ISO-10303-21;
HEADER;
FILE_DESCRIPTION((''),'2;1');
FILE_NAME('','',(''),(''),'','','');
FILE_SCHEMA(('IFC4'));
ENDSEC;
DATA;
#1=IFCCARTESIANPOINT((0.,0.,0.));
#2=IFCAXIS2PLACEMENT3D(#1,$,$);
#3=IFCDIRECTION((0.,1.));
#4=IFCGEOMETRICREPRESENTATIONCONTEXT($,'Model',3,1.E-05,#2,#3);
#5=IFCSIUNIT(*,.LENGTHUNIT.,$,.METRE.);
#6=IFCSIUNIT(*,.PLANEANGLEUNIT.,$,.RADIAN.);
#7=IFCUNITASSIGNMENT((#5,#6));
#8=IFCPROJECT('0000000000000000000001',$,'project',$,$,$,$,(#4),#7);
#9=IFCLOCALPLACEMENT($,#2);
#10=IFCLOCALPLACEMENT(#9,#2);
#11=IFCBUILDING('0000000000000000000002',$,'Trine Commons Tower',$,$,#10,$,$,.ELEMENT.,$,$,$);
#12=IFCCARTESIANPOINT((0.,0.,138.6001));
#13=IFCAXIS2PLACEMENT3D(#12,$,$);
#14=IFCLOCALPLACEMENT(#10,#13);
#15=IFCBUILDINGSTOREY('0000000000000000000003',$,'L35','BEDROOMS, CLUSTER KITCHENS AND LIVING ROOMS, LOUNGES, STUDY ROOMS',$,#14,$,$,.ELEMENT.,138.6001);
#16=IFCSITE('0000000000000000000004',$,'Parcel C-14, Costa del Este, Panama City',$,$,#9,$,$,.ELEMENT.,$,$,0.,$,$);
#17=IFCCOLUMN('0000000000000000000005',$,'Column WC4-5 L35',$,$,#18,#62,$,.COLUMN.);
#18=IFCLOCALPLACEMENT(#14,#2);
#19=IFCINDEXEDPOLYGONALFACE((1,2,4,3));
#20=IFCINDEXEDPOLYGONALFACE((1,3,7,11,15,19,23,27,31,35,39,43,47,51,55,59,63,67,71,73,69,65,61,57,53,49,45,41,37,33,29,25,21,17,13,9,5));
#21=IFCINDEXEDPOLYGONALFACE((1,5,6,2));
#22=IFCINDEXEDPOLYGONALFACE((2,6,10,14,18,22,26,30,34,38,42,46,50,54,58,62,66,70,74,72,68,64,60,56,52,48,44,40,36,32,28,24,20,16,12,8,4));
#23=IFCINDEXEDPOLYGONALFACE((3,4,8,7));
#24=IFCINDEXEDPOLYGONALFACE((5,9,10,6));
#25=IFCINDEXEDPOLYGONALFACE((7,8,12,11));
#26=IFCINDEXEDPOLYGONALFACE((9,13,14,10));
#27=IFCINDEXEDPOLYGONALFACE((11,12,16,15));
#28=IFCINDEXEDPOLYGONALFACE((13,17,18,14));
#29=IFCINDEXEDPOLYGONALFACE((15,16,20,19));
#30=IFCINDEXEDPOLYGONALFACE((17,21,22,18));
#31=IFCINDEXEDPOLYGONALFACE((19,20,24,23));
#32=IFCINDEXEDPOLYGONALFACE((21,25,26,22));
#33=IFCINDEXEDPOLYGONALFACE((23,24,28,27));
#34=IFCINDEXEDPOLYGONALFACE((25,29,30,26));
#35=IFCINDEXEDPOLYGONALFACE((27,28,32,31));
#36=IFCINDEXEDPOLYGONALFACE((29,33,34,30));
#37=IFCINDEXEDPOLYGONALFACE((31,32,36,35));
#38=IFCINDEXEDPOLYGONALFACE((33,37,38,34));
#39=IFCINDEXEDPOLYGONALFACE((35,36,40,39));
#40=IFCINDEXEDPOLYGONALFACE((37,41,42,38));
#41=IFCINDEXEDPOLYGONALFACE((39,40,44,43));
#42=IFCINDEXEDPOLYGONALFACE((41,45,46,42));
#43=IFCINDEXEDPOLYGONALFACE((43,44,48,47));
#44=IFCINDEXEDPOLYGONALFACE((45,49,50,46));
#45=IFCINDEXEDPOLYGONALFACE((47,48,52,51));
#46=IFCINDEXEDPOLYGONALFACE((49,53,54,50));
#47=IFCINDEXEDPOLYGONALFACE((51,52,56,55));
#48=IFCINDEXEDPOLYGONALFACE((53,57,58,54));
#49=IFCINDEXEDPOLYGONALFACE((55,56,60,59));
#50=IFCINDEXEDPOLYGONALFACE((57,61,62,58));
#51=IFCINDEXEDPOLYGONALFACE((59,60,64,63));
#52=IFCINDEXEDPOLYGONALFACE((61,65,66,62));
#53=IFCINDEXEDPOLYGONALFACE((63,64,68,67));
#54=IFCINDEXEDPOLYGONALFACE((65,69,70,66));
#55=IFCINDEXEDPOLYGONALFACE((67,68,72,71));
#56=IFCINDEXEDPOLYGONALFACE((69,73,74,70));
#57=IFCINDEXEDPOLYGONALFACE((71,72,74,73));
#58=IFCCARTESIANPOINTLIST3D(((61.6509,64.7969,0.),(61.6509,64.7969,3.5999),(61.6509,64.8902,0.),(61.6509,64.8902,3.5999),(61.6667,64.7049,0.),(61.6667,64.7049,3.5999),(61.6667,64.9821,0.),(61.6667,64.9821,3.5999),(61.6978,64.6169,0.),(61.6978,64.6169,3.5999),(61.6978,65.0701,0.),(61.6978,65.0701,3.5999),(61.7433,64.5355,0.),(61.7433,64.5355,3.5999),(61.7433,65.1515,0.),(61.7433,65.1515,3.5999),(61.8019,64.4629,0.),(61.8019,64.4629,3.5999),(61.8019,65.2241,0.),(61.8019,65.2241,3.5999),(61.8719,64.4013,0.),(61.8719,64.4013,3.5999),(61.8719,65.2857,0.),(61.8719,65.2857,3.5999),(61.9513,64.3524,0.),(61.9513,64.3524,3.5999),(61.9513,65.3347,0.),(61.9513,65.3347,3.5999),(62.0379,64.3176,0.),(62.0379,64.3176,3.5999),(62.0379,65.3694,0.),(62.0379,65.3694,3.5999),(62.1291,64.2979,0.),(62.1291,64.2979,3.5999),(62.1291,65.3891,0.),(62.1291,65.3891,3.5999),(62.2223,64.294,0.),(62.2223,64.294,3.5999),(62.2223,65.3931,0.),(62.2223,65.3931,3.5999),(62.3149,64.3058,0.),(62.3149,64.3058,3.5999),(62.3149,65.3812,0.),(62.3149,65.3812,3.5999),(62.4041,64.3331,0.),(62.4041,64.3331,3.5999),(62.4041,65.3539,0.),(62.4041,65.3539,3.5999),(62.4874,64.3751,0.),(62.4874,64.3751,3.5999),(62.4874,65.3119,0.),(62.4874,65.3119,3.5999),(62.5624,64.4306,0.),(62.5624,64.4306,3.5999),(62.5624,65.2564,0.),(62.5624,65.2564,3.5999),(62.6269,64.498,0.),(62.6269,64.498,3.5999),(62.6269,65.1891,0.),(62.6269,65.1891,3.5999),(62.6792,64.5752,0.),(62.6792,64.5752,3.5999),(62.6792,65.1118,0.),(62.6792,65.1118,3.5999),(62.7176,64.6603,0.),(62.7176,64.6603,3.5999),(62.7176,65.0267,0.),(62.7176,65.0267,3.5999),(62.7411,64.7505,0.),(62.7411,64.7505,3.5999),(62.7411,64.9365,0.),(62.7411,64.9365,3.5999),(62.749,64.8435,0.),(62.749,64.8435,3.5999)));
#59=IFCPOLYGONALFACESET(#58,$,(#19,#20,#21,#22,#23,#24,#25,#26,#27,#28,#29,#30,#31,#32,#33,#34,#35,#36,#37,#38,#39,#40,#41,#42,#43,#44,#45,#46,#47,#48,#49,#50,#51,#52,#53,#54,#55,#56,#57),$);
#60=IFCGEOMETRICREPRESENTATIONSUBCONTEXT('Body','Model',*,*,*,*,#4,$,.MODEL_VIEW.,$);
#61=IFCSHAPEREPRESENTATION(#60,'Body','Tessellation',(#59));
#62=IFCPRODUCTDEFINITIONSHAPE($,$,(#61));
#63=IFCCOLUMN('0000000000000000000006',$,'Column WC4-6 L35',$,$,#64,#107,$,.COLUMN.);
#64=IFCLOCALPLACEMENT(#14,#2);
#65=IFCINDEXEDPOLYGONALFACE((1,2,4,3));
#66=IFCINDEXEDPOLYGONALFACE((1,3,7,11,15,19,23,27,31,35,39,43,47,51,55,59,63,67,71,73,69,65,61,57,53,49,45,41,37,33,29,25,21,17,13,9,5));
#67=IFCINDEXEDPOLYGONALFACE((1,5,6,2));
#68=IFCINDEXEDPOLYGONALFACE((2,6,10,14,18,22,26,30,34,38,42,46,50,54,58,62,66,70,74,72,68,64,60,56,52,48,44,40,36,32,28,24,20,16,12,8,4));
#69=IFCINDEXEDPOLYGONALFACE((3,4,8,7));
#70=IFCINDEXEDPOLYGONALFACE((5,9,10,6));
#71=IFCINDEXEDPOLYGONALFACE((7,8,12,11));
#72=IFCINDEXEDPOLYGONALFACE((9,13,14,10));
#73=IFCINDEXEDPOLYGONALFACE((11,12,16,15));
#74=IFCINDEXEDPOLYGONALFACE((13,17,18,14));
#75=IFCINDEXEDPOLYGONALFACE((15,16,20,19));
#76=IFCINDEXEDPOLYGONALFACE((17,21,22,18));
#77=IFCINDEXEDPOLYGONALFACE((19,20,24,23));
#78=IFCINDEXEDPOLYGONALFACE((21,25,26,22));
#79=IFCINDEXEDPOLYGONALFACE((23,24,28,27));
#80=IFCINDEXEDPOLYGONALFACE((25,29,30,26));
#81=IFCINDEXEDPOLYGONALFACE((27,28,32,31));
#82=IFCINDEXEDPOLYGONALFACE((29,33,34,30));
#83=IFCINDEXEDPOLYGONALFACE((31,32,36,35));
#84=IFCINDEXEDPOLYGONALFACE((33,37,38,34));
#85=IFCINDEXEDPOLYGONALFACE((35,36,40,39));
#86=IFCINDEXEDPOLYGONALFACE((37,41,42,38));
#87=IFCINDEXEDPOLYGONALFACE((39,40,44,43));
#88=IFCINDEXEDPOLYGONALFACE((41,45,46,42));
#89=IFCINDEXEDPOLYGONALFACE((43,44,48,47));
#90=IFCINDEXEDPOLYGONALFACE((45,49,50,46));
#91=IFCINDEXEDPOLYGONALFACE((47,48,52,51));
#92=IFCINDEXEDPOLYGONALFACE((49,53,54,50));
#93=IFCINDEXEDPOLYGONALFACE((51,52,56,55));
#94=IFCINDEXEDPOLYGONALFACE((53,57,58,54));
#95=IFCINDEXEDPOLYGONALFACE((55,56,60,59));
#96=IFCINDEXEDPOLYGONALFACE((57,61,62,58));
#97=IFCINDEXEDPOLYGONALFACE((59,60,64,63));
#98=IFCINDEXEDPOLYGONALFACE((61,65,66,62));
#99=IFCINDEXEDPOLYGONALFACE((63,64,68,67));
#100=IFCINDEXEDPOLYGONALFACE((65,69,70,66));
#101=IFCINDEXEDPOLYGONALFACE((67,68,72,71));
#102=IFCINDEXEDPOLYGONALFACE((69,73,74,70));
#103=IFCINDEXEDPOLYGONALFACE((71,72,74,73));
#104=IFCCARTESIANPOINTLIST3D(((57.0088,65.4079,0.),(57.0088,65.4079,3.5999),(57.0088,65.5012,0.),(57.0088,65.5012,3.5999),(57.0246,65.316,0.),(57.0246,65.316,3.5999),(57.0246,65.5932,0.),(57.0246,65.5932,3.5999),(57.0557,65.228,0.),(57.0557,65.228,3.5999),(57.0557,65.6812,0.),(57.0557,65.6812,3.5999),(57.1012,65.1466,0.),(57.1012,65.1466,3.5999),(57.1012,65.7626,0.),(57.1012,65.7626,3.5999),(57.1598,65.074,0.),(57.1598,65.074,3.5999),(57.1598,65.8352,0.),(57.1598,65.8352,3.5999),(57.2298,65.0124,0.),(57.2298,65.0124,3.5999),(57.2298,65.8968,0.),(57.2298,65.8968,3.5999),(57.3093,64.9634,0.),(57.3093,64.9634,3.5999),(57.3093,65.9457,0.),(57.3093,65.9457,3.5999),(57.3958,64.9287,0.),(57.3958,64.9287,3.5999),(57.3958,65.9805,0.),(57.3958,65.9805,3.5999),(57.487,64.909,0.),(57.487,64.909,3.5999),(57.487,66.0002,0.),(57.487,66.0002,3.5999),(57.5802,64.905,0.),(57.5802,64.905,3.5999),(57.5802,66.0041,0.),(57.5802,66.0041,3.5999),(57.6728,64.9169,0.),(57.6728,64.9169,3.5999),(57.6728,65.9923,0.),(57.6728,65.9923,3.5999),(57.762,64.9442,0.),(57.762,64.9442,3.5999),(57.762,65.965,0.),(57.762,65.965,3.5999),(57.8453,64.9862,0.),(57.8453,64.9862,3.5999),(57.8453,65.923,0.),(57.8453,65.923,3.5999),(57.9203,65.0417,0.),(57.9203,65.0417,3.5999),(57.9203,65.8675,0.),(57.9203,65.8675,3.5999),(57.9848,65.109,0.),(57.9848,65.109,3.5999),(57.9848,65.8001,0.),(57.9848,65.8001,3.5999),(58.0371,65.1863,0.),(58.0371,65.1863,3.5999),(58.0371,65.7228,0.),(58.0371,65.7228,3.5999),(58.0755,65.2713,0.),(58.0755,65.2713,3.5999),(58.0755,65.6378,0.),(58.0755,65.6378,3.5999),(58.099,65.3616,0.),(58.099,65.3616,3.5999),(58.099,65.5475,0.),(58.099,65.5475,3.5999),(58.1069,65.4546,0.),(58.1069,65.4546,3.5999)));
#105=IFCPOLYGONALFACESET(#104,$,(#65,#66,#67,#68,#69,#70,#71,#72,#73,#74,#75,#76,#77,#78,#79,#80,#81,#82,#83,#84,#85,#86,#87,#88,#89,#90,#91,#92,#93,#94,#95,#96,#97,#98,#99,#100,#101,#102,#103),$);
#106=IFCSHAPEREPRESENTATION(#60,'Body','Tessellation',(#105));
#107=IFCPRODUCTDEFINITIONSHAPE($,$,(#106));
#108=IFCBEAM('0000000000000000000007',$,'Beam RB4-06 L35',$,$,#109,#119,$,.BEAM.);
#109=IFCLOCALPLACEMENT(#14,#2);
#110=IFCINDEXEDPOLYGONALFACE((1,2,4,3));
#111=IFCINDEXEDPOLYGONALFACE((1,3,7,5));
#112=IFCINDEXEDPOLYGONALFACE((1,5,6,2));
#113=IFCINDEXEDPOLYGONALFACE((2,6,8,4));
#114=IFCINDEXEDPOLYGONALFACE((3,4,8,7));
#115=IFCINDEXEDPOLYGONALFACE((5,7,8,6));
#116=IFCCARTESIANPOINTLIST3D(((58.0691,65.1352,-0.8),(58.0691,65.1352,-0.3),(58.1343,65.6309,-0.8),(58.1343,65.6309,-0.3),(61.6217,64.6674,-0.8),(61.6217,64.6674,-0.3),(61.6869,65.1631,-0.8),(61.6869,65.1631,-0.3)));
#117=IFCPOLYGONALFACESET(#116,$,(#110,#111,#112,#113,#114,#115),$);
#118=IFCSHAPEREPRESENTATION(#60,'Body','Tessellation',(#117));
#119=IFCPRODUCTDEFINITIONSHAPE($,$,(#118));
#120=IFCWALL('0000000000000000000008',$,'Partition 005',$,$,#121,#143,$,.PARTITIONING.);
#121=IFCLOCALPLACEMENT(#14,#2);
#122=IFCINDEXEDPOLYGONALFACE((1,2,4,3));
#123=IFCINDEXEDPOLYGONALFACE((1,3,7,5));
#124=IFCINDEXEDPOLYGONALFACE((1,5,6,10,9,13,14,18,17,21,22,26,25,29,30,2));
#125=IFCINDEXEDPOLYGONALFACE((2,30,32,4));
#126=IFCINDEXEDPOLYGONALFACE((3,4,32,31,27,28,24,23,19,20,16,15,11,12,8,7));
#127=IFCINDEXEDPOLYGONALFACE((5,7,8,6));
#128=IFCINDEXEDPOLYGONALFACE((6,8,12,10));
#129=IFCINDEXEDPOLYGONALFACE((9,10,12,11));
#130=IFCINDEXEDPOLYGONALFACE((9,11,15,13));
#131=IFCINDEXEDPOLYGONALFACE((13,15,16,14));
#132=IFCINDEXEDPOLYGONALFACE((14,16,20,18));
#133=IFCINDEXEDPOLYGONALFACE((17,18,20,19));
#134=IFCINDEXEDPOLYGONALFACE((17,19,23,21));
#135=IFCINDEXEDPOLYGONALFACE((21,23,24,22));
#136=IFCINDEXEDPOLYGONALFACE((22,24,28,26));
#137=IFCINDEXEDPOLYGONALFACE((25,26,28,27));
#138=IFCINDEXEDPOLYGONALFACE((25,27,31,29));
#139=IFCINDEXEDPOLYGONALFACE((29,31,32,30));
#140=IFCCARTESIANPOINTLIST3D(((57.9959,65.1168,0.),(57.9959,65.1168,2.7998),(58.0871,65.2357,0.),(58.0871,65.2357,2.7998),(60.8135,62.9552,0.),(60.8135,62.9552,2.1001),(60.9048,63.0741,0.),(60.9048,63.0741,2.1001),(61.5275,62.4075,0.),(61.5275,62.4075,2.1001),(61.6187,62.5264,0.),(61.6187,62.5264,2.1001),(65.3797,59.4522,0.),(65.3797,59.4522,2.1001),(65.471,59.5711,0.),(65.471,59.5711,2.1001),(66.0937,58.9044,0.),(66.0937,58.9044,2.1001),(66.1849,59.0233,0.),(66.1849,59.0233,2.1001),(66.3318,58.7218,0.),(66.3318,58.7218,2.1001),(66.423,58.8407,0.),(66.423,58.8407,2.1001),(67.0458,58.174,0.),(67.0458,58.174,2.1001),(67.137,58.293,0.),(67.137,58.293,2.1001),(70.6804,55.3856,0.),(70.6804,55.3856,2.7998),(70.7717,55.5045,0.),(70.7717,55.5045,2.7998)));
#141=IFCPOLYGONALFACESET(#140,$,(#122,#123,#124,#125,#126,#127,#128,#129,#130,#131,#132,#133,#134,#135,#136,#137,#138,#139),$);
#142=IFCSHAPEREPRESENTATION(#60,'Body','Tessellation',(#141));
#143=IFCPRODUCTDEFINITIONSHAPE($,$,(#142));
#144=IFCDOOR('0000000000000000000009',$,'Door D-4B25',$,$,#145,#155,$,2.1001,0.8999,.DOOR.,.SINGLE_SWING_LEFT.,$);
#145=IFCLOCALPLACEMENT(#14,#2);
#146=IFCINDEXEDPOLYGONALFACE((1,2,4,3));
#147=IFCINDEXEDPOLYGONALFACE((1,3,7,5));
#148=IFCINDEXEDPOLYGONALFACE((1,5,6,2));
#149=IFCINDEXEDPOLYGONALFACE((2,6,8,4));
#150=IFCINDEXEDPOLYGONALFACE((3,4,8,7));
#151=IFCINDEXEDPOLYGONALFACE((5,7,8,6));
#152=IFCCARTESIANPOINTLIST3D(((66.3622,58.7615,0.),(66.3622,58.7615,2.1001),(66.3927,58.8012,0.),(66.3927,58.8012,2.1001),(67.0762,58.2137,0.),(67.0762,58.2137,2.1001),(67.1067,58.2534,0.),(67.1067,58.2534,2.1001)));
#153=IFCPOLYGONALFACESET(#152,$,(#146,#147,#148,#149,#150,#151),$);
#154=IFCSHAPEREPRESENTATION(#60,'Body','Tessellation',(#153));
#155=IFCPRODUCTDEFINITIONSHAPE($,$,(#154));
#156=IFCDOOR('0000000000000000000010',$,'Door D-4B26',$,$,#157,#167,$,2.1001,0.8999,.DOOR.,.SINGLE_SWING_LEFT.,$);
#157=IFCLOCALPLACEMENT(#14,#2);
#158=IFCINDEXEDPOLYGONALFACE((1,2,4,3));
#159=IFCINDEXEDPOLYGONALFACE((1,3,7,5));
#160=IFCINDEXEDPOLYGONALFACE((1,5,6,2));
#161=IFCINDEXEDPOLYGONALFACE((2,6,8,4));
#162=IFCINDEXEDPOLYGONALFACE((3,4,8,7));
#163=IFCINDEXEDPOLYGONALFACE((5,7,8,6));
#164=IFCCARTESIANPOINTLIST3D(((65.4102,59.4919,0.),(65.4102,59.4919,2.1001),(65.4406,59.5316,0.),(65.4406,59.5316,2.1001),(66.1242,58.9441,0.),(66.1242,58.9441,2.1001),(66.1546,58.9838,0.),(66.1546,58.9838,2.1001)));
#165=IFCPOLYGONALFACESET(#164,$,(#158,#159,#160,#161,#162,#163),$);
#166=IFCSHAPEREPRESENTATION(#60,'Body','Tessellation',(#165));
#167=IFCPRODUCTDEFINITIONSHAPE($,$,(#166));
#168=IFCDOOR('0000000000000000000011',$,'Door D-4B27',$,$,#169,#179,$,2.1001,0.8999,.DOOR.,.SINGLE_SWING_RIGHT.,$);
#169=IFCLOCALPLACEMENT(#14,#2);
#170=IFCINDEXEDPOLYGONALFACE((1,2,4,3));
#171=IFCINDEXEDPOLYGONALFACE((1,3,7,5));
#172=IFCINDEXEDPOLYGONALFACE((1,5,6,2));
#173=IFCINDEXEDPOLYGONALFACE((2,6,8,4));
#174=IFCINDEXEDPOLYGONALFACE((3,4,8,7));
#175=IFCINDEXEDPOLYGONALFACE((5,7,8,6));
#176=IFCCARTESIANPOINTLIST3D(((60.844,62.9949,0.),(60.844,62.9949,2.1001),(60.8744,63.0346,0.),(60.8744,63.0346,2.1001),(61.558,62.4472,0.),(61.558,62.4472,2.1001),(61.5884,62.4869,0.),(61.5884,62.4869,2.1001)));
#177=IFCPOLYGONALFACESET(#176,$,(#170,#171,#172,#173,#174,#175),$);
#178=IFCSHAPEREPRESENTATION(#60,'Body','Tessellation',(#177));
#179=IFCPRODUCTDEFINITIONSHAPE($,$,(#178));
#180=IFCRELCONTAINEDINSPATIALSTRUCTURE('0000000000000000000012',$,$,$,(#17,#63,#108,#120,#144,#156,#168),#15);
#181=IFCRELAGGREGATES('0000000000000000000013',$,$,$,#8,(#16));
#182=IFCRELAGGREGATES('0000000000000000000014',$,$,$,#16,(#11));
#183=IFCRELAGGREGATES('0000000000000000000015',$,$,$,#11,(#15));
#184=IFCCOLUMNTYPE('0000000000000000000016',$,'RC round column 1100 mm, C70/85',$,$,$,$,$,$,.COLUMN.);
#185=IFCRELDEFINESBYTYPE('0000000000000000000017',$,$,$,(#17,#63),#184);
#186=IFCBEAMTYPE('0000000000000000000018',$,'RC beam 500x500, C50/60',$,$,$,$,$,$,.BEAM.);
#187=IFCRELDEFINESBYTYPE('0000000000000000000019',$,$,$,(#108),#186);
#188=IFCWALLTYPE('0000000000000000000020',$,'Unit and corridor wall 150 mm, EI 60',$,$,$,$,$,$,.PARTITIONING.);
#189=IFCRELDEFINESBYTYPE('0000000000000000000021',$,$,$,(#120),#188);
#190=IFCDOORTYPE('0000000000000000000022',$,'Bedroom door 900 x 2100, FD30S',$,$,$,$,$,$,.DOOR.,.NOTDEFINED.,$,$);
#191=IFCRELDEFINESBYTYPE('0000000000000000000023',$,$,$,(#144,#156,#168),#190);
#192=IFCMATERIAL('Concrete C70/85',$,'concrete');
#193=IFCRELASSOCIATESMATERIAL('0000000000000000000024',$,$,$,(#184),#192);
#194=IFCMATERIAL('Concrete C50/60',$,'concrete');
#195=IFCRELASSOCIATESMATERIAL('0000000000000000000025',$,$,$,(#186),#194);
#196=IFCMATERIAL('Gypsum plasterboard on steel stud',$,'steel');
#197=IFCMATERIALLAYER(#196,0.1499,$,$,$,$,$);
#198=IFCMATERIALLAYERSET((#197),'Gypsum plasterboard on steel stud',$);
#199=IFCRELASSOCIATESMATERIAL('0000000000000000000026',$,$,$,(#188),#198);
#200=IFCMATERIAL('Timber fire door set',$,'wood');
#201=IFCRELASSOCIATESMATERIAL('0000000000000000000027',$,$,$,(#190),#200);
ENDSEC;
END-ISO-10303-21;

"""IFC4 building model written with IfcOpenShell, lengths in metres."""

from ifc_helpers import new_model, si_unit, direction, frame, frame_2d, origin, origin_2d, place, context, subcontext, project, spatial, rectangle, circle, extrude, material, layer, layer_set, material_profile, profile_set, type_object, element, fill, save


model = new_model("IFC4")

# Units and contexts
model_context = context("Model", 3, precision=1e-05, world=origin(), true_north=direction((0.0, 1.0)))
body_context = subcontext(model_context, "Body", "Model", "MODEL_VIEW")
ifc_project = project(units=[si_unit("LENGTHUNIT", "METRE"), si_unit("PLANEANGLEUNIT", "RADIAN")], contexts=[model_context])

# Site, building, storey
site_placement = place(None, origin())
site = spatial("IfcSite", under=ifc_project, at=site_placement, Name="Parcel C-14, Costa del Este, Panama City", CompositionType="ELEMENT", RefElevation=0.0)
building_placement = place(site_placement, origin())
building = spatial("IfcBuilding", under=site, at=building_placement, Name="Trine Commons Tower", CompositionType="ELEMENT")
storey_placement = place(building_placement, frame((0.0, 0.0, 138.6001)))
storey = spatial("IfcBuildingStorey", under=building, at=storey_placement, Name="L35", Description="BEDROOMS, CLUSTER KITCHENS AND LIVING ROOMS, LOUNGES, STUDY ROOMS", CompositionType="ELEMENT", Elevation=138.6001)

# Columns
ifc_material_1 = material(Name="Concrete C70/85", Category="concrete")
ifc_material_profile_1 = material_profile(ifc_material_1, circle(Radius=0.55, at=origin_2d()), Name="RC round 1100")
ifc_profile_set_1 = profile_set([ifc_material_profile_1], Name="Concrete C70/85")
column_type = type_object("IfcColumnType", Name="RC round column 1100 mm, C70/85", PredefinedType="COLUMN", material=ifc_profile_set_1)
for number, where, z_axis, x_axis, name in (
    (1, (62.199, 64.8435, 0.0), (0.0, 0.0, 1.0), (1.0, 0.0, 0.0), "Column WC4-5 L35"),
    (2, (57.5569, 65.4546, 0.0), (0.0, 0.0, 1.0), (1.0, 0.0, 0.0), "Column WC4-6 L35"),
):
    element("IfcColumn", number, at=place(storey_placement, frame(where, z_axis=z_axis, x_axis=x_axis)), inside=storey, type_object=column_type, Name=name, PredefinedType="COLUMN", context=body_context, shape_type="SweptSolid", body=[
        extrude(circle(Radius=0.55, at=origin_2d()), origin(), (0.0, 0.0, 1.0), 3.5999),
    ])

# Beam
ifc_material_2 = material(Name="Concrete C50/60", Category="concrete")
ifc_material_profile_2 = material_profile(ifc_material_2, rectangle(XDim=0.5, YDim=0.5, at=origin_2d()), Name="RC 500x500")
ifc_profile_set_2 = profile_set([ifc_material_profile_2], Name="Concrete C50/60")
beam_type = type_object("IfcBeamType", Name="RC beam 500x500, C50/60", PredefinedType="BEAM", material=ifc_profile_set_2)
beam_placement = place(storey_placement, frame((61.6543, 64.9153, -0.55), z_axis=(-0.991442, 0.130548, 0.0), x_axis=(-0.130548, -0.991442, 0.0)))
element("IfcBeam", 3, at=beam_placement, inside=storey, type_object=beam_type, Name="Beam RB4-06 L35", PredefinedType="BEAM", context=body_context, shape_type="SweptSolid", body=[
    extrude(rectangle(XDim=0.5, YDim=0.5, at=origin_2d()), origin(), (0.0, 0.0, 1.0), 3.5833),
])

# Wall, openings, doors
ifc_material_3 = material(Name="Gypsum plasterboard on steel stud", Category="steel")
ifc_layer_1 = layer(ifc_material_3, 0.1499)
ifc_layer_set_1 = layer_set([ifc_layer_1], Name="Gypsum plasterboard on steel stud")
wall_type_1 = type_object("IfcWallType", Name="Unit and corridor wall 150 mm, EI 60", PredefinedType="PARTITIONING", material=ifc_layer_set_1)
wall_1_placement = place(storey_placement, frame((58.0415, 65.1763, 0.0), z_axis=(0.0, 0.0, 1.0), x_axis=(0.793414, -0.608682, 0.0)))
wall_1 = element("IfcWall", 4, at=wall_1_placement, inside=storey, type_object=wall_type_1, Name="Partition 005", PredefinedType="PARTITIONING", context=body_context, shape_type="SweptSolid", body=[
    extrude(rectangle(XDim=15.9873, YDim=0.1499, at=frame_2d((7.9937, 0.0))), origin(), (0.0, 0.0, 1.0), 2.7998),
])
opening_1_placement = place(wall_1_placement, frame((10.5063, 0.0, 0.0)))
opening_1 = element("IfcOpeningElement", 5, at=opening_1_placement, cuts=wall_1, PredefinedType="OPENING", context=body_context, shape_type="SweptSolid", body=[
    extrude(rectangle(XDim=0.8999, YDim=2.1001, at=frame_2d((0.45, 1.05))), frame((0.0, 0.085, 0.0), z_axis=(0.0, -1.0, 0.0), x_axis=(1.0, 0.0, 0.0)), (0.0, 0.0, 1.0), 0.1699),
])
opening_2_placement = place(wall_1_placement, frame((9.3064, 0.0, 0.0)))
opening_2 = element("IfcOpeningElement", 6, at=opening_2_placement, cuts=wall_1, PredefinedType="OPENING", context=body_context, shape_type="SweptSolid", body=[
    extrude(rectangle(XDim=0.8999, YDim=2.1001, at=frame_2d((0.45, 1.05))), frame((0.0, 0.085, 0.0), z_axis=(0.0, -1.0, 0.0), x_axis=(1.0, 0.0, 0.0)), (0.0, 0.0, 1.0), 0.1699),
])
opening_3_placement = place(wall_1_placement, frame((3.5513, 0.0, 0.0)))
opening_3 = element("IfcOpeningElement", 7, at=opening_3_placement, cuts=wall_1, PredefinedType="OPENING", context=body_context, shape_type="SweptSolid", body=[
    extrude(rectangle(XDim=0.8999, YDim=2.1001, at=frame_2d((0.45, 1.05))), frame((0.0, 0.085, 0.0), z_axis=(0.0, -1.0, 0.0), x_axis=(1.0, 0.0, 0.0)), (0.0, 0.0, 1.0), 0.1699),
])
ifc_material_4 = material(Name="Timber fire door set", Category="wood")
door_type_1 = type_object("IfcDoorType", Name="Bedroom door 900 x 2100, FD30S", OperationType="NOTDEFINED", PredefinedType="DOOR", material=ifc_material_4)
door_1_placement = place(opening_1_placement, frame((0.8999, 0.0, 0.0), z_axis=(0.0, 0.0, 1.0), x_axis=(-1.0, 0.0, 0.0)))
door_1 = element("IfcDoor", 8, at=door_1_placement, inside=storey, type_object=door_type_1, Name="Door D-4B25", OperationType="SINGLE_SWING_LEFT", OverallHeight=2.1001, OverallWidth=0.8999, PredefinedType="DOOR", context=body_context, shape_type="SweptSolid", body=[
    extrude(rectangle(XDim=0.8999, YDim=2.1001, at=frame_2d((0.45, 1.05))), frame((0.0, 0.0249, 0.0), z_axis=(0.0, -1.0, 0.0), x_axis=(1.0, 0.0, 0.0)), (0.0, 0.0, 1.0), 0.05),
])
fill(opening_1, door_1)
door_2_placement = place(opening_2_placement, frame((0.8999, 0.0, 0.0), z_axis=(0.0, 0.0, 1.0), x_axis=(-1.0, 0.0, 0.0)))
door_2 = element("IfcDoor", 9, at=door_2_placement, inside=storey, type_object=door_type_1, Name="Door D-4B26", OperationType="SINGLE_SWING_LEFT", OverallHeight=2.1001, OverallWidth=0.8999, PredefinedType="DOOR", context=body_context, shape_type="SweptSolid", body=[
    extrude(rectangle(XDim=0.8999, YDim=2.1001, at=frame_2d((0.45, 1.05))), frame((0.0, 0.0249, 0.0), z_axis=(0.0, -1.0, 0.0), x_axis=(1.0, 0.0, 0.0)), (0.0, 0.0, 1.0), 0.05),
])
fill(opening_2, door_2)
door_3_placement = place(opening_3_placement, frame((0.8999, 0.0, 0.0), z_axis=(0.0, 0.0, 1.0), x_axis=(-1.0, 0.0, 0.0)))
door_3 = element("IfcDoor", 10, at=door_3_placement, inside=storey, type_object=door_type_1, Name="Door D-4B27", OperationType="SINGLE_SWING_RIGHT", OverallHeight=2.1001, OverallWidth=0.8999, PredefinedType="DOOR", context=body_context, shape_type="SweptSolid", body=[
    extrude(rectangle(XDim=0.8999, YDim=2.1001, at=frame_2d((0.45, 1.05))), frame((0.0, 0.0249, 0.0), z_axis=(0.0, -1.0, 0.0), x_axis=(1.0, 0.0, 0.0)), (0.0, 0.0, 1.0), 0.05),
])
fill(opening_3, door_3)

save(model, "model.ifc")
